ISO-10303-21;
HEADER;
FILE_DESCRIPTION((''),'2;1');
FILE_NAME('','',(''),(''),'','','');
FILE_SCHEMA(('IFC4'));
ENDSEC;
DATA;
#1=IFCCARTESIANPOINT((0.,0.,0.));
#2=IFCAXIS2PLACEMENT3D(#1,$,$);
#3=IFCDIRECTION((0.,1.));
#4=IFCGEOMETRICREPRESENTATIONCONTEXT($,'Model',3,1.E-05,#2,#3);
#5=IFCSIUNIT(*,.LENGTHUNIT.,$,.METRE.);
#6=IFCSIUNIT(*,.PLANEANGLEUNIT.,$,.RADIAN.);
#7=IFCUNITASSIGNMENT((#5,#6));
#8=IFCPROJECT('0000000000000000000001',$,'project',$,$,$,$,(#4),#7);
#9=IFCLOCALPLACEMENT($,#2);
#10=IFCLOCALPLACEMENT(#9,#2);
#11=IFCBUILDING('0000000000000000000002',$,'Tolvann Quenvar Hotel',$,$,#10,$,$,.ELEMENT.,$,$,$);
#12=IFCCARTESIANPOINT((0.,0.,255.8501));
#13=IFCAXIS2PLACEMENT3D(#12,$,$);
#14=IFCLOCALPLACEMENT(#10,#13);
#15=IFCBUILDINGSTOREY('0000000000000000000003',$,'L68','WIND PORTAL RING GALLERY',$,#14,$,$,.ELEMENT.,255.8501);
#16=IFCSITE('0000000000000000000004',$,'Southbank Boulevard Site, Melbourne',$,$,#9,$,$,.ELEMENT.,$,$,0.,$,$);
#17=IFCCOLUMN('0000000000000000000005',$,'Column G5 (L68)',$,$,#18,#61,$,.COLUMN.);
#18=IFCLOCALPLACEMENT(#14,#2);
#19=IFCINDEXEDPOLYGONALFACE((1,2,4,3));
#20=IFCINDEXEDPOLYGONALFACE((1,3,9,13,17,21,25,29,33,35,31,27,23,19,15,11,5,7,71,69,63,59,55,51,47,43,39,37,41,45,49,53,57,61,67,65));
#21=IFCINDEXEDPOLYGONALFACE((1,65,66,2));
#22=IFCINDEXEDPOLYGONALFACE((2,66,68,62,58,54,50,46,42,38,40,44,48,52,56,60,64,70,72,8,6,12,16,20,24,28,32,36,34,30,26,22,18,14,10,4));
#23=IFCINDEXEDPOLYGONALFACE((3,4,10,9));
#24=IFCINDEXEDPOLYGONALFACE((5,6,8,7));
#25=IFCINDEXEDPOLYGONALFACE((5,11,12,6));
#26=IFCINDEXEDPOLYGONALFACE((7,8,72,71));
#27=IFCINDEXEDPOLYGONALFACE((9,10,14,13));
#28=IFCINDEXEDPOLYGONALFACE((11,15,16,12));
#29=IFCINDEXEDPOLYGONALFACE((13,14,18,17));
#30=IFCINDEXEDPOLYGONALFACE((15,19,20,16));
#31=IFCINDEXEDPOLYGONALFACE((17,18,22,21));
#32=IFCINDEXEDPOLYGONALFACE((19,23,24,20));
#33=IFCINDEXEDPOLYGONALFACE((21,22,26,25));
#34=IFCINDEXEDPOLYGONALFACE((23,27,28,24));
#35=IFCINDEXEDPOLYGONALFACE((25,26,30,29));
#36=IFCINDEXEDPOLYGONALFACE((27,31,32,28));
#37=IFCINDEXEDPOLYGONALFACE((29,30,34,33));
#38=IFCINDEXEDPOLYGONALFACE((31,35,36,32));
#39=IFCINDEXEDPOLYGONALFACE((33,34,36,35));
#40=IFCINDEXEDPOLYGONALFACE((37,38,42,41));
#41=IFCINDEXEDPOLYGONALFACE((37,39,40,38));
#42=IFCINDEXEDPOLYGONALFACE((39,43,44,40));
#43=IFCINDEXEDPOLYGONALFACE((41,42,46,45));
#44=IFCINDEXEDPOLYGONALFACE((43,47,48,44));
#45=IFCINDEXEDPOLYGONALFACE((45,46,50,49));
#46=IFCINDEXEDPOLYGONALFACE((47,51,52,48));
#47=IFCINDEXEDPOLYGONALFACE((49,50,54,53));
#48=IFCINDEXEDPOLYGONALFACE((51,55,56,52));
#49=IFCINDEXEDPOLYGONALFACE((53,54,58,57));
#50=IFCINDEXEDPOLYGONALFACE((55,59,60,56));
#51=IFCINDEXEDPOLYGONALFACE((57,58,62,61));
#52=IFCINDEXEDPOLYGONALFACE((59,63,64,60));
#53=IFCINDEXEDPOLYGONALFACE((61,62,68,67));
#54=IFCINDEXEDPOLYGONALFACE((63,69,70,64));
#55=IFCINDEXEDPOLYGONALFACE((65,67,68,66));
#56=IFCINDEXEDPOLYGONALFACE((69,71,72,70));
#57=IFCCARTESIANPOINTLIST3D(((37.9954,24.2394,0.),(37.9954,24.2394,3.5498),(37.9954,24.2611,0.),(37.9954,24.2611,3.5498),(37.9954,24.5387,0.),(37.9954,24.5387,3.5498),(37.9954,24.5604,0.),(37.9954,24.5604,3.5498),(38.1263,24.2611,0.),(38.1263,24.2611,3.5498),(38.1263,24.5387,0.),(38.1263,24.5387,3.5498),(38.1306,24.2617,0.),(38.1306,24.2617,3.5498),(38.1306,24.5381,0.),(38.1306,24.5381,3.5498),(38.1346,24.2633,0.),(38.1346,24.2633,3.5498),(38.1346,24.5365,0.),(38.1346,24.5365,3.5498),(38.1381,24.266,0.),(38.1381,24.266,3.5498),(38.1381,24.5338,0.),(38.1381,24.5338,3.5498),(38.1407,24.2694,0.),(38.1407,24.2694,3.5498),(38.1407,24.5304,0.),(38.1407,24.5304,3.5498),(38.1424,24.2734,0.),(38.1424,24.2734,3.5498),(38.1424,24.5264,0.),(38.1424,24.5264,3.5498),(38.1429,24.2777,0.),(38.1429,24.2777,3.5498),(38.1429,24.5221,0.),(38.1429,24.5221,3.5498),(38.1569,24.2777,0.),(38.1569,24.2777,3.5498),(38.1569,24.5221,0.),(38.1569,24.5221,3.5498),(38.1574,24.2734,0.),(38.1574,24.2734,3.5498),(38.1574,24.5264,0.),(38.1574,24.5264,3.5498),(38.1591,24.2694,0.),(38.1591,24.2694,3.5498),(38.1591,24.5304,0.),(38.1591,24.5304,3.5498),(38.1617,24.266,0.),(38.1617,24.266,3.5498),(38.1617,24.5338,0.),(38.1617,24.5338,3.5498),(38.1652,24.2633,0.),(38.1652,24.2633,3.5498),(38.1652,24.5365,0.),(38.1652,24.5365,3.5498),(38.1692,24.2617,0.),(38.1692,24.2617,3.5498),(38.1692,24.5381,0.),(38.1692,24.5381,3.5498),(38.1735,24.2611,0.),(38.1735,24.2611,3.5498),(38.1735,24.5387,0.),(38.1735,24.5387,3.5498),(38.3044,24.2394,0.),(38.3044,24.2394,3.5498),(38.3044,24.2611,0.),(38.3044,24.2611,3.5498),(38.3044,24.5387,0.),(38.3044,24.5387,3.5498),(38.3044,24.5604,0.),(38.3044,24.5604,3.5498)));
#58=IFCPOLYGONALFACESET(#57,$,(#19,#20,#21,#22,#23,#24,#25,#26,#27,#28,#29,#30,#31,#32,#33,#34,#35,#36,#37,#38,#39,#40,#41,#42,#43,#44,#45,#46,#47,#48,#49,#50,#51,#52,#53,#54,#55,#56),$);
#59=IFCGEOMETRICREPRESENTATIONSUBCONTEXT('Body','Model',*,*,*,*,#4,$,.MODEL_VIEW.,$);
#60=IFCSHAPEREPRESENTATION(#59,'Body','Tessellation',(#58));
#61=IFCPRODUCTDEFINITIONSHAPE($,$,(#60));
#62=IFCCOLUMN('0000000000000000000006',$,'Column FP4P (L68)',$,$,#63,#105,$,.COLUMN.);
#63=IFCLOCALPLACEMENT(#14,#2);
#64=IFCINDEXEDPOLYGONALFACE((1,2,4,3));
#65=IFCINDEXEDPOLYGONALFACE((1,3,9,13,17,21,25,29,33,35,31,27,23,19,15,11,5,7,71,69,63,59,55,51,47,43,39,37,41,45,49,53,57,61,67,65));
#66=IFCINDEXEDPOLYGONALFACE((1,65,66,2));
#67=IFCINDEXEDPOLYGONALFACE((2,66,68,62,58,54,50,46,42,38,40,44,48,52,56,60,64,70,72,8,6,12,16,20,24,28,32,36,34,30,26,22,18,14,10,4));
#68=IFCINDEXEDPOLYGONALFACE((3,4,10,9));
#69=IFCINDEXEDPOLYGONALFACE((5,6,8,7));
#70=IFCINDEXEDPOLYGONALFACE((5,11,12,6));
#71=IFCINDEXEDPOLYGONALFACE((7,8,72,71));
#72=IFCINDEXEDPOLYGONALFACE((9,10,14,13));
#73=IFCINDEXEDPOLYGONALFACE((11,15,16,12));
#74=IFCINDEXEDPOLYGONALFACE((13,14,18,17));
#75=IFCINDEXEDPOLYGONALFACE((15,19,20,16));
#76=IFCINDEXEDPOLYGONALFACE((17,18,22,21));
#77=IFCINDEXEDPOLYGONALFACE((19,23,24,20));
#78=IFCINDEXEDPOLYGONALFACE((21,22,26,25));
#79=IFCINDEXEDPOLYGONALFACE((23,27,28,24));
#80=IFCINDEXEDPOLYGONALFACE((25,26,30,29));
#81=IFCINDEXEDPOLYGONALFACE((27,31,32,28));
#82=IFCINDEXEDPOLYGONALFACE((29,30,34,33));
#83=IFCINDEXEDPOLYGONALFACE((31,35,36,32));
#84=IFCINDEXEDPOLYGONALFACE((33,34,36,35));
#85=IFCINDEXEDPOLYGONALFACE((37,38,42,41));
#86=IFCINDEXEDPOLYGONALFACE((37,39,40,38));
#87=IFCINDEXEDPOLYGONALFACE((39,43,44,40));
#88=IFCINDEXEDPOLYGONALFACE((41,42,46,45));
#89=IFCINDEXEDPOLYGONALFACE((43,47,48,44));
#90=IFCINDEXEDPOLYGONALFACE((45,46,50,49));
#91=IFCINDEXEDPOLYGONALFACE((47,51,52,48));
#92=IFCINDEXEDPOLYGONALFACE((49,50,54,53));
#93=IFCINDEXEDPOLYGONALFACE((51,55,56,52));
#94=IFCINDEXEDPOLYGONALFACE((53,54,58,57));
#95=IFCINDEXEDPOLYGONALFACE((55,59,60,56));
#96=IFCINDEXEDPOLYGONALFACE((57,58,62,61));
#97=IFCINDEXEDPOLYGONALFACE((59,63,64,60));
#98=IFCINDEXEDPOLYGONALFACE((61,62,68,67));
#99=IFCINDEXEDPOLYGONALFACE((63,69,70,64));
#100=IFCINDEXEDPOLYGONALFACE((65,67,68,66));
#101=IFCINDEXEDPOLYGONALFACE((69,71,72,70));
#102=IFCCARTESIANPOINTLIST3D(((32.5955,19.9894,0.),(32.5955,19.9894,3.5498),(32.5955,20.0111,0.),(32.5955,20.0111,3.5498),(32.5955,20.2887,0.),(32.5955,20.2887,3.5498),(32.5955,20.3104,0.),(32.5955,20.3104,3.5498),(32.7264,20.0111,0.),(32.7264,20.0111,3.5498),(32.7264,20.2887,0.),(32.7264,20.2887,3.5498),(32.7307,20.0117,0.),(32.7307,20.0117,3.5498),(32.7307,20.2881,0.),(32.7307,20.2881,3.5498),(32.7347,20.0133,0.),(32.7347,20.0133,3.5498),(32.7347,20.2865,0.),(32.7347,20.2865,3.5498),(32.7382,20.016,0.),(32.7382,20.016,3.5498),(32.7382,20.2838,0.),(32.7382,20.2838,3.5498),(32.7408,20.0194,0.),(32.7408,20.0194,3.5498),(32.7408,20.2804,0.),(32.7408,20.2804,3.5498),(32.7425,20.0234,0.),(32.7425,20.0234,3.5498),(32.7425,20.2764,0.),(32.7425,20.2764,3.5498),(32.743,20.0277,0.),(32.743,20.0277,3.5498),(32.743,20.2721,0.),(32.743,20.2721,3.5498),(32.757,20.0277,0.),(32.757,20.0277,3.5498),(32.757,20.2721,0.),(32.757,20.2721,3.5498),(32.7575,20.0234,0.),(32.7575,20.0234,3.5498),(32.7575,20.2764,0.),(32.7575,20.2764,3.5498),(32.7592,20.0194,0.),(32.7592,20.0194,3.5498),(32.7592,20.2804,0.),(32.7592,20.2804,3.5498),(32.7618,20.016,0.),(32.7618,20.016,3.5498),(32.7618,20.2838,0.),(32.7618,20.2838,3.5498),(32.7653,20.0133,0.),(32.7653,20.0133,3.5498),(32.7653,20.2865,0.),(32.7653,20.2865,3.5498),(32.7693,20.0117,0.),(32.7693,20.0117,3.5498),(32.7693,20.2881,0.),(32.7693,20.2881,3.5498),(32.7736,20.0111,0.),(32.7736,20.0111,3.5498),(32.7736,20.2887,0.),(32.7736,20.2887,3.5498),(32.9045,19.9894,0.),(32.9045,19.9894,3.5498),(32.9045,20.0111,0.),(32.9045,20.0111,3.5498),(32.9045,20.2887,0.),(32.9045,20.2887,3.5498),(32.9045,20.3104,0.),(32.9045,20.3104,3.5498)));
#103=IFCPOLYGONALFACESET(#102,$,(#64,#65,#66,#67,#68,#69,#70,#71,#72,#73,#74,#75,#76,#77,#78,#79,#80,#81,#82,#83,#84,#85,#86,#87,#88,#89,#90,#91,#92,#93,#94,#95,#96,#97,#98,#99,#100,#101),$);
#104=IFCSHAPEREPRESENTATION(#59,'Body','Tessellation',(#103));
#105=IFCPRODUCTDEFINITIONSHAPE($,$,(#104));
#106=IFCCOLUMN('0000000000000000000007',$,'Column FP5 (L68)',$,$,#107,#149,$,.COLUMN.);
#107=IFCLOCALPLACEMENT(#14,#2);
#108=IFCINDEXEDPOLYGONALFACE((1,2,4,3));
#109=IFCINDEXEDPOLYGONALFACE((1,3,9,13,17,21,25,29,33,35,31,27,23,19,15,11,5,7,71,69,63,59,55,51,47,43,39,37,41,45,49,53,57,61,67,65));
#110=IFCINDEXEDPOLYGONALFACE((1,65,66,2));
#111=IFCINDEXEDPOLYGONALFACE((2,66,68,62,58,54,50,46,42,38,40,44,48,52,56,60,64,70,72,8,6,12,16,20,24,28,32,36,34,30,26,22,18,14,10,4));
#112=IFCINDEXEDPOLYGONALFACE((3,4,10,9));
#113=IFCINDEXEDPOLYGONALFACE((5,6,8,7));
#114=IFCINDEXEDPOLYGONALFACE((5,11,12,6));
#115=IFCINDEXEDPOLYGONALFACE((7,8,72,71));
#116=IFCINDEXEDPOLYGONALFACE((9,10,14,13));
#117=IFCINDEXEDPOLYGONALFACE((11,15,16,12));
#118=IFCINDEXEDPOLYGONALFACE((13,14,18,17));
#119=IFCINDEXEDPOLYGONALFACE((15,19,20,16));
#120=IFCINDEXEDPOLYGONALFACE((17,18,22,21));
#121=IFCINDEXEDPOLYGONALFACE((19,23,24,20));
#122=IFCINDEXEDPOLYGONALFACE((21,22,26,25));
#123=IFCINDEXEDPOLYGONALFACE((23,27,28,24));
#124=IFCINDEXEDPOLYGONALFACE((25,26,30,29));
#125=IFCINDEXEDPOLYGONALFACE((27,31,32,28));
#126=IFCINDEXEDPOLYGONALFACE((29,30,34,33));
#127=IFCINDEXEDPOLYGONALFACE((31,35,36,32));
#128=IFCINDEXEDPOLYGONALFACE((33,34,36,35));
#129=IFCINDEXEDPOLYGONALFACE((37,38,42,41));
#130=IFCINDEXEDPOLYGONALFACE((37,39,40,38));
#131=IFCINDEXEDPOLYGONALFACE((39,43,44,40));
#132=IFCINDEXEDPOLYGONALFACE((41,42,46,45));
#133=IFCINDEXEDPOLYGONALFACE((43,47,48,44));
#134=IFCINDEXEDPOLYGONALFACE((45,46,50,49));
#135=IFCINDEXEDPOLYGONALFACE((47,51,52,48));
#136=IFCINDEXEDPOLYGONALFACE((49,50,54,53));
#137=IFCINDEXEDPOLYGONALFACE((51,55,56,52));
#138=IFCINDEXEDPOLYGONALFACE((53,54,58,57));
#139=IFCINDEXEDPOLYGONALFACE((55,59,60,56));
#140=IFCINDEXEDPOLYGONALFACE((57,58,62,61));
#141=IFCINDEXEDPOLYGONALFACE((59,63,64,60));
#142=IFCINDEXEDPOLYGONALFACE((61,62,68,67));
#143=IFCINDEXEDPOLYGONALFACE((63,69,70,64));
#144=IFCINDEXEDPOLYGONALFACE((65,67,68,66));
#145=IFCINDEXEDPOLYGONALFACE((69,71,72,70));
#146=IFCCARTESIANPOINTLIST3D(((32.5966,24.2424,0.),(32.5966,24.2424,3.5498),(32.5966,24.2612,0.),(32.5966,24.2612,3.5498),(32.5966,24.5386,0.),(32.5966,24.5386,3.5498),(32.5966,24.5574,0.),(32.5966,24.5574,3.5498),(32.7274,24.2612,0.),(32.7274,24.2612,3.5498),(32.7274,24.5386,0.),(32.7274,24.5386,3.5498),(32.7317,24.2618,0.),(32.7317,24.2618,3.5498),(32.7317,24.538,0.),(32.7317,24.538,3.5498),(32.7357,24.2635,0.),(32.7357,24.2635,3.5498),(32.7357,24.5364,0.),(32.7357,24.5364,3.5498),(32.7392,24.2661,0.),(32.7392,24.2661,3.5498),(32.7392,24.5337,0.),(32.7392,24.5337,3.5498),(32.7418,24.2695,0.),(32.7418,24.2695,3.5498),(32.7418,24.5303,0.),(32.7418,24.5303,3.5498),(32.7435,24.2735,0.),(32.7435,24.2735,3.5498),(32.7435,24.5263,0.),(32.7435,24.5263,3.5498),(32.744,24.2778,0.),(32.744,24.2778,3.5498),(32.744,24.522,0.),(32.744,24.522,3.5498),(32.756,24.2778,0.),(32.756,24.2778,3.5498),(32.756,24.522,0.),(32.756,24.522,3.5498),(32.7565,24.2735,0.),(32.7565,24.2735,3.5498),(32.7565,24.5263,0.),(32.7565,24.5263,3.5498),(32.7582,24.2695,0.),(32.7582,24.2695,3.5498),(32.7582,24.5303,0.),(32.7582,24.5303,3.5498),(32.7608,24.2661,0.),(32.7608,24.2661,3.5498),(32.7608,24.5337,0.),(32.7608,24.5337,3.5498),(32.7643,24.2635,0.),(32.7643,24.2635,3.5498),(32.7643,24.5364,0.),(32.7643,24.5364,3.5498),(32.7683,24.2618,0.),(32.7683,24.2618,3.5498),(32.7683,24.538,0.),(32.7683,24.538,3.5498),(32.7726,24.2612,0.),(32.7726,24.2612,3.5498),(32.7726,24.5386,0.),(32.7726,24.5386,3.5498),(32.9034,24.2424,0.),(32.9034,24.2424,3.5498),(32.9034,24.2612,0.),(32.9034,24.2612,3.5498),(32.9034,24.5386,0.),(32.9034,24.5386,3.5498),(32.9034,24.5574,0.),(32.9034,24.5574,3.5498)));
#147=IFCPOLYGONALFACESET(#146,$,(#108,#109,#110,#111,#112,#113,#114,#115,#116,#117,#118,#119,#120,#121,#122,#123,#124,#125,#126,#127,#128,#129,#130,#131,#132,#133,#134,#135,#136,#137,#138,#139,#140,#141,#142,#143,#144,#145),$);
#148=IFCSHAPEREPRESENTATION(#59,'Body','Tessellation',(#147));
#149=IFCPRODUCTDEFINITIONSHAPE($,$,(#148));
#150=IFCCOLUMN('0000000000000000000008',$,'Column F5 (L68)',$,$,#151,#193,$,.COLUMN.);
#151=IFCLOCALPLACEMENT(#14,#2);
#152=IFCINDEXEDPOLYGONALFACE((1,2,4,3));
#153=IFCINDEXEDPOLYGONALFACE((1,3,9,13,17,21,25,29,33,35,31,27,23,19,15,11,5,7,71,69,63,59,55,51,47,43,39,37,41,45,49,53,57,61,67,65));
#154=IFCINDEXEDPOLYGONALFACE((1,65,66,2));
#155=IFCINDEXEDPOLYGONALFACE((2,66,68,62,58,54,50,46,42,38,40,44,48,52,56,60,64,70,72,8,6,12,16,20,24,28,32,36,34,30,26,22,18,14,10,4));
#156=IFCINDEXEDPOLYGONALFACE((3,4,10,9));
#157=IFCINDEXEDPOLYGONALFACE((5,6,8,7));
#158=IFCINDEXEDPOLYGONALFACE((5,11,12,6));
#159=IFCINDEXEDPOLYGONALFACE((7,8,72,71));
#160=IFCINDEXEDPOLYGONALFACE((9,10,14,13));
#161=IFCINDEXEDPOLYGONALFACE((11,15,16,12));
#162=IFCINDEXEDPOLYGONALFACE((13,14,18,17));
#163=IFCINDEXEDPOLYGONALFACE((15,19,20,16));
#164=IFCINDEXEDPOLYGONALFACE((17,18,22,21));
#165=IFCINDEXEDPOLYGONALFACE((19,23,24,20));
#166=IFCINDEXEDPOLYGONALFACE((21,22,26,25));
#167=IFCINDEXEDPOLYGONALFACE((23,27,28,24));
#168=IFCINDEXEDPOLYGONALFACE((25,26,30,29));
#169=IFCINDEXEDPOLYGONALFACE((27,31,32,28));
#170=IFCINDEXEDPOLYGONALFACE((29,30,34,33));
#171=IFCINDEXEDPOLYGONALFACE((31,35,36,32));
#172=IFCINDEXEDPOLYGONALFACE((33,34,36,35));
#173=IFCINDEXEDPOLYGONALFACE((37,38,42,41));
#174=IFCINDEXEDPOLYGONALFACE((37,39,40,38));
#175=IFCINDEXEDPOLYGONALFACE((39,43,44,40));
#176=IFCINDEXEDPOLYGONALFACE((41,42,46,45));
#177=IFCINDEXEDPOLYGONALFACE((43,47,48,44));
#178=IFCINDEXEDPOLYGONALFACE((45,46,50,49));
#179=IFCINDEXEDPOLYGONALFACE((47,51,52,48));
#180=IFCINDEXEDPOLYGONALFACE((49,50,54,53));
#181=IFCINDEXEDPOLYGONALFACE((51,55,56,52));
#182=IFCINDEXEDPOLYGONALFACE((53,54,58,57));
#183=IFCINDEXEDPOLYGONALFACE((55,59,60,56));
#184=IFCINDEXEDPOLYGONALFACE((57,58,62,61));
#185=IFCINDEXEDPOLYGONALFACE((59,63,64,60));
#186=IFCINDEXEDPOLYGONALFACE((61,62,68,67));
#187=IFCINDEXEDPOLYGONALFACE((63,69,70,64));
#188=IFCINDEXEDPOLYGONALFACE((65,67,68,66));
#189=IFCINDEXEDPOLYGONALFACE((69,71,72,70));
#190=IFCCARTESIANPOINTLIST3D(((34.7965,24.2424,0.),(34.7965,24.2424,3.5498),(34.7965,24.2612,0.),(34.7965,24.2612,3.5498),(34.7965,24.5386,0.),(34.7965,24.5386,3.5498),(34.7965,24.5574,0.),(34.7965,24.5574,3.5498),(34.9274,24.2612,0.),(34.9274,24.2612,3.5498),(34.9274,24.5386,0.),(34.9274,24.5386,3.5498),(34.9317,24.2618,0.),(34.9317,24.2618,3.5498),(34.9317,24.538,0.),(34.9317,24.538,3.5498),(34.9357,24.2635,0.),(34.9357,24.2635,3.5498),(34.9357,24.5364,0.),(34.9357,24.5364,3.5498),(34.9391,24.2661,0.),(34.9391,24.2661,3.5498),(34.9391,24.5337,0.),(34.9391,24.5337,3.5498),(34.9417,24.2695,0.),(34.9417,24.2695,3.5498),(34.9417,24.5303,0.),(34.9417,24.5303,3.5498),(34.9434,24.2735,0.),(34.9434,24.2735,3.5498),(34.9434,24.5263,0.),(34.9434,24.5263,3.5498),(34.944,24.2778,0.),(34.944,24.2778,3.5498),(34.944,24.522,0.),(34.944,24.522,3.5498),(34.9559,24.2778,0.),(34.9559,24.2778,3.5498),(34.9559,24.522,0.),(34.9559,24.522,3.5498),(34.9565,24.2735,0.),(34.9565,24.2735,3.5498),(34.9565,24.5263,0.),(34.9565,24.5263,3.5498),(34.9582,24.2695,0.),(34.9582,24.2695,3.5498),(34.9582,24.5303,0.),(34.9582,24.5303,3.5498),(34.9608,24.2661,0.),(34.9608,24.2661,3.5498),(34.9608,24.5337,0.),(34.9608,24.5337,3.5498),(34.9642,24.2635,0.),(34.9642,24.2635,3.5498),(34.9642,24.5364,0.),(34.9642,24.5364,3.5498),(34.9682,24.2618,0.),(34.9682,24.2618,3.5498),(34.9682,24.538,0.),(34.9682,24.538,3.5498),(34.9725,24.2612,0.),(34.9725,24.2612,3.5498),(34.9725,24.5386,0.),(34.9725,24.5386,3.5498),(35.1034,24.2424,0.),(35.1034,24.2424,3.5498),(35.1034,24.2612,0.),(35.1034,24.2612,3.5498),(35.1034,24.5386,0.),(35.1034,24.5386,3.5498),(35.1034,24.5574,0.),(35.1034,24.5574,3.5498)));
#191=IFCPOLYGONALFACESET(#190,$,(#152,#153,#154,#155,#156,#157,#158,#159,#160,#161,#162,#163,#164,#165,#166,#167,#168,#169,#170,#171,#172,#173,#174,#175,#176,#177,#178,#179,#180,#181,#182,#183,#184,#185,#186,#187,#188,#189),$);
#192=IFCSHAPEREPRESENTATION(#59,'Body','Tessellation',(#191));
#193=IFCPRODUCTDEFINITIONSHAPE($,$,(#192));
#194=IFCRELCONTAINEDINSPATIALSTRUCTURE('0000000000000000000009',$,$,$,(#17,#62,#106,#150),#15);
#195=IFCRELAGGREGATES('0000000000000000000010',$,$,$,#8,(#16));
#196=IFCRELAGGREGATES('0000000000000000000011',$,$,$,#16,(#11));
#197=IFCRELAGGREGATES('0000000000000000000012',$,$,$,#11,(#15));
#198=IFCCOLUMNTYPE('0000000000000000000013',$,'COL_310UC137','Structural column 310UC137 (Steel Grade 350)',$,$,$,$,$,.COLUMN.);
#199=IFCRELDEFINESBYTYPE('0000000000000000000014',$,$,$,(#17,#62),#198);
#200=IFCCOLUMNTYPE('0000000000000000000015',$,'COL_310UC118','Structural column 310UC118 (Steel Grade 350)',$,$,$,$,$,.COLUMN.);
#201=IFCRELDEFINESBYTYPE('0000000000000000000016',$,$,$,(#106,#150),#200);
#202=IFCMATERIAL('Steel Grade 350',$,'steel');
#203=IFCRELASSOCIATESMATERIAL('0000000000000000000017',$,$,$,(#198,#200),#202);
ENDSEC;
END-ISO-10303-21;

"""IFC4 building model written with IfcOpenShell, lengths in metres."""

from ifc_helpers import new_model, si_unit, direction, frame, origin, origin_2d, place, context, subcontext, project, spatial, i_section, extrude, source, transform, mapped, material, material_profile, profile_set, type_object, type_shapes, element, save


model = new_model("IFC4")

# Units and contexts
model_context = context("Model", 3, precision=1e-05, world=origin(), true_north=direction((0.0, 1.0)))
body_context = subcontext(model_context, "Body", "Model", "MODEL_VIEW")
ifc_project = project(units=[si_unit("LENGTHUNIT", "METRE"), si_unit("PLANEANGLEUNIT", "RADIAN")], contexts=[model_context])

# Site, building, storey
site_placement = place(None, origin())
site = spatial("IfcSite", under=ifc_project, at=site_placement, Name="Southbank Boulevard Site, Melbourne", CompositionType="ELEMENT", RefElevation=0.0)
building_placement = place(site_placement, origin())
building = spatial("IfcBuilding", under=site, at=building_placement, Name="Tolvann Quenvar Hotel", CompositionType="ELEMENT")
storey_placement = place(building_placement, frame((0.0, 0.0, 255.8501)))
storey = spatial("IfcBuildingStorey", under=building, at=storey_placement, Name="L68", Description="WIND PORTAL RING GALLERY", CompositionType="ELEMENT", Elevation=255.8501)

# Columns
ifc_material_1 = material(Name="Steel Grade 350", Category="steel")
ifc_material_profile_1 = material_profile(ifc_material_1, i_section(OverallWidth=0.3091, OverallDepth=0.321, WebThickness=0.0139, FlangeThickness=0.0217, FilletRadius=0.0166, at=origin_2d()), Name="310UC137")
ifc_profile_set_1 = profile_set([ifc_material_profile_1], Name="Steel Grade 350")
column_type_1 = type_object("IfcColumnType", Name="COL_310UC137", Description="Structural column 310UC137 (Steel Grade 350)", PredefinedType="COLUMN", material=ifc_profile_set_1)
shared_shape_1 = source(origin(), body_context, "Body", "SweptSolid", [
    extrude(i_section(OverallWidth=0.3091, OverallDepth=0.321, WebThickness=0.0139, FlangeThickness=0.0217, FilletRadius=0.0166, at=origin_2d()), origin(), (0.0, 0.0, 1.0), 3.5498),
])
type_shapes(column_type_1, [shared_shape_1])
for number, where, z_axis, x_axis, name in (
    (1, (38.1499, 24.3999, 0.0), (0.0, 0.0, 1.0), (1.0, 0.0, 0.0), "Column G5 (L68)"),
    (2, (32.75, 20.1499, 0.0), (0.0, 0.0, 1.0), (1.0, 0.0, 0.0), "Column FP4P (L68)"),
):
    element("IfcColumn", number, at=place(storey_placement, frame(where, z_axis=z_axis, x_axis=x_axis)), inside=storey, type_object=column_type_1, Name=name, PredefinedType="COLUMN", context=body_context, shape_type="MappedRepresentation", body=[
        mapped(shared_shape_1, transform((0.0, 0.0, 0.0), x_axis=(1.0, 0.0, 0.0), y_axis=(0.0, 1.0, 0.0), z_axis=(0.0, 0.0, 1.0), scale=1.0)),
    ])
ifc_material_profile_2 = material_profile(ifc_material_1, i_section(OverallWidth=0.3069, OverallDepth=0.3149, WebThickness=0.012, FlangeThickness=0.0188, FilletRadius=0.0166, at=origin_2d()), Name="310UC118")
ifc_profile_set_2 = profile_set([ifc_material_profile_2], Name="Steel Grade 350")
column_type_2 = type_object("IfcColumnType", Name="COL_310UC118", Description="Structural column 310UC118 (Steel Grade 350)", PredefinedType="COLUMN", material=ifc_profile_set_2)
shared_shape_2 = source(origin(), body_context, "Body", "SweptSolid", [
    extrude(i_section(OverallWidth=0.3069, OverallDepth=0.3149, WebThickness=0.012, FlangeThickness=0.0188, FilletRadius=0.0166, at=origin_2d()), origin(), (0.0, 0.0, 1.0), 3.5498),
])
type_shapes(column_type_2, [shared_shape_2])
for number, where, z_axis, x_axis, name in (
    (3, (32.75, 24.3999, 0.0), (0.0, 0.0, 1.0), (1.0, 0.0, 0.0), "Column FP5 (L68)"),
    (4, (34.95, 24.3999, 0.0), (0.0, 0.0, 1.0), (1.0, 0.0, 0.0), "Column F5 (L68)"),
):
    element("IfcColumn", number, at=place(storey_placement, frame(where, z_axis=z_axis, x_axis=x_axis)), inside=storey, type_object=column_type_2, Name=name, PredefinedType="COLUMN", context=body_context, shape_type="MappedRepresentation", body=[
        mapped(shared_shape_2, transform((0.0, 0.0, 0.0), x_axis=(1.0, 0.0, 0.0), y_axis=(0.0, 1.0, 0.0), z_axis=(0.0, 0.0, 1.0), scale=1.0)),
    ])

save(model, "model.ifc")
